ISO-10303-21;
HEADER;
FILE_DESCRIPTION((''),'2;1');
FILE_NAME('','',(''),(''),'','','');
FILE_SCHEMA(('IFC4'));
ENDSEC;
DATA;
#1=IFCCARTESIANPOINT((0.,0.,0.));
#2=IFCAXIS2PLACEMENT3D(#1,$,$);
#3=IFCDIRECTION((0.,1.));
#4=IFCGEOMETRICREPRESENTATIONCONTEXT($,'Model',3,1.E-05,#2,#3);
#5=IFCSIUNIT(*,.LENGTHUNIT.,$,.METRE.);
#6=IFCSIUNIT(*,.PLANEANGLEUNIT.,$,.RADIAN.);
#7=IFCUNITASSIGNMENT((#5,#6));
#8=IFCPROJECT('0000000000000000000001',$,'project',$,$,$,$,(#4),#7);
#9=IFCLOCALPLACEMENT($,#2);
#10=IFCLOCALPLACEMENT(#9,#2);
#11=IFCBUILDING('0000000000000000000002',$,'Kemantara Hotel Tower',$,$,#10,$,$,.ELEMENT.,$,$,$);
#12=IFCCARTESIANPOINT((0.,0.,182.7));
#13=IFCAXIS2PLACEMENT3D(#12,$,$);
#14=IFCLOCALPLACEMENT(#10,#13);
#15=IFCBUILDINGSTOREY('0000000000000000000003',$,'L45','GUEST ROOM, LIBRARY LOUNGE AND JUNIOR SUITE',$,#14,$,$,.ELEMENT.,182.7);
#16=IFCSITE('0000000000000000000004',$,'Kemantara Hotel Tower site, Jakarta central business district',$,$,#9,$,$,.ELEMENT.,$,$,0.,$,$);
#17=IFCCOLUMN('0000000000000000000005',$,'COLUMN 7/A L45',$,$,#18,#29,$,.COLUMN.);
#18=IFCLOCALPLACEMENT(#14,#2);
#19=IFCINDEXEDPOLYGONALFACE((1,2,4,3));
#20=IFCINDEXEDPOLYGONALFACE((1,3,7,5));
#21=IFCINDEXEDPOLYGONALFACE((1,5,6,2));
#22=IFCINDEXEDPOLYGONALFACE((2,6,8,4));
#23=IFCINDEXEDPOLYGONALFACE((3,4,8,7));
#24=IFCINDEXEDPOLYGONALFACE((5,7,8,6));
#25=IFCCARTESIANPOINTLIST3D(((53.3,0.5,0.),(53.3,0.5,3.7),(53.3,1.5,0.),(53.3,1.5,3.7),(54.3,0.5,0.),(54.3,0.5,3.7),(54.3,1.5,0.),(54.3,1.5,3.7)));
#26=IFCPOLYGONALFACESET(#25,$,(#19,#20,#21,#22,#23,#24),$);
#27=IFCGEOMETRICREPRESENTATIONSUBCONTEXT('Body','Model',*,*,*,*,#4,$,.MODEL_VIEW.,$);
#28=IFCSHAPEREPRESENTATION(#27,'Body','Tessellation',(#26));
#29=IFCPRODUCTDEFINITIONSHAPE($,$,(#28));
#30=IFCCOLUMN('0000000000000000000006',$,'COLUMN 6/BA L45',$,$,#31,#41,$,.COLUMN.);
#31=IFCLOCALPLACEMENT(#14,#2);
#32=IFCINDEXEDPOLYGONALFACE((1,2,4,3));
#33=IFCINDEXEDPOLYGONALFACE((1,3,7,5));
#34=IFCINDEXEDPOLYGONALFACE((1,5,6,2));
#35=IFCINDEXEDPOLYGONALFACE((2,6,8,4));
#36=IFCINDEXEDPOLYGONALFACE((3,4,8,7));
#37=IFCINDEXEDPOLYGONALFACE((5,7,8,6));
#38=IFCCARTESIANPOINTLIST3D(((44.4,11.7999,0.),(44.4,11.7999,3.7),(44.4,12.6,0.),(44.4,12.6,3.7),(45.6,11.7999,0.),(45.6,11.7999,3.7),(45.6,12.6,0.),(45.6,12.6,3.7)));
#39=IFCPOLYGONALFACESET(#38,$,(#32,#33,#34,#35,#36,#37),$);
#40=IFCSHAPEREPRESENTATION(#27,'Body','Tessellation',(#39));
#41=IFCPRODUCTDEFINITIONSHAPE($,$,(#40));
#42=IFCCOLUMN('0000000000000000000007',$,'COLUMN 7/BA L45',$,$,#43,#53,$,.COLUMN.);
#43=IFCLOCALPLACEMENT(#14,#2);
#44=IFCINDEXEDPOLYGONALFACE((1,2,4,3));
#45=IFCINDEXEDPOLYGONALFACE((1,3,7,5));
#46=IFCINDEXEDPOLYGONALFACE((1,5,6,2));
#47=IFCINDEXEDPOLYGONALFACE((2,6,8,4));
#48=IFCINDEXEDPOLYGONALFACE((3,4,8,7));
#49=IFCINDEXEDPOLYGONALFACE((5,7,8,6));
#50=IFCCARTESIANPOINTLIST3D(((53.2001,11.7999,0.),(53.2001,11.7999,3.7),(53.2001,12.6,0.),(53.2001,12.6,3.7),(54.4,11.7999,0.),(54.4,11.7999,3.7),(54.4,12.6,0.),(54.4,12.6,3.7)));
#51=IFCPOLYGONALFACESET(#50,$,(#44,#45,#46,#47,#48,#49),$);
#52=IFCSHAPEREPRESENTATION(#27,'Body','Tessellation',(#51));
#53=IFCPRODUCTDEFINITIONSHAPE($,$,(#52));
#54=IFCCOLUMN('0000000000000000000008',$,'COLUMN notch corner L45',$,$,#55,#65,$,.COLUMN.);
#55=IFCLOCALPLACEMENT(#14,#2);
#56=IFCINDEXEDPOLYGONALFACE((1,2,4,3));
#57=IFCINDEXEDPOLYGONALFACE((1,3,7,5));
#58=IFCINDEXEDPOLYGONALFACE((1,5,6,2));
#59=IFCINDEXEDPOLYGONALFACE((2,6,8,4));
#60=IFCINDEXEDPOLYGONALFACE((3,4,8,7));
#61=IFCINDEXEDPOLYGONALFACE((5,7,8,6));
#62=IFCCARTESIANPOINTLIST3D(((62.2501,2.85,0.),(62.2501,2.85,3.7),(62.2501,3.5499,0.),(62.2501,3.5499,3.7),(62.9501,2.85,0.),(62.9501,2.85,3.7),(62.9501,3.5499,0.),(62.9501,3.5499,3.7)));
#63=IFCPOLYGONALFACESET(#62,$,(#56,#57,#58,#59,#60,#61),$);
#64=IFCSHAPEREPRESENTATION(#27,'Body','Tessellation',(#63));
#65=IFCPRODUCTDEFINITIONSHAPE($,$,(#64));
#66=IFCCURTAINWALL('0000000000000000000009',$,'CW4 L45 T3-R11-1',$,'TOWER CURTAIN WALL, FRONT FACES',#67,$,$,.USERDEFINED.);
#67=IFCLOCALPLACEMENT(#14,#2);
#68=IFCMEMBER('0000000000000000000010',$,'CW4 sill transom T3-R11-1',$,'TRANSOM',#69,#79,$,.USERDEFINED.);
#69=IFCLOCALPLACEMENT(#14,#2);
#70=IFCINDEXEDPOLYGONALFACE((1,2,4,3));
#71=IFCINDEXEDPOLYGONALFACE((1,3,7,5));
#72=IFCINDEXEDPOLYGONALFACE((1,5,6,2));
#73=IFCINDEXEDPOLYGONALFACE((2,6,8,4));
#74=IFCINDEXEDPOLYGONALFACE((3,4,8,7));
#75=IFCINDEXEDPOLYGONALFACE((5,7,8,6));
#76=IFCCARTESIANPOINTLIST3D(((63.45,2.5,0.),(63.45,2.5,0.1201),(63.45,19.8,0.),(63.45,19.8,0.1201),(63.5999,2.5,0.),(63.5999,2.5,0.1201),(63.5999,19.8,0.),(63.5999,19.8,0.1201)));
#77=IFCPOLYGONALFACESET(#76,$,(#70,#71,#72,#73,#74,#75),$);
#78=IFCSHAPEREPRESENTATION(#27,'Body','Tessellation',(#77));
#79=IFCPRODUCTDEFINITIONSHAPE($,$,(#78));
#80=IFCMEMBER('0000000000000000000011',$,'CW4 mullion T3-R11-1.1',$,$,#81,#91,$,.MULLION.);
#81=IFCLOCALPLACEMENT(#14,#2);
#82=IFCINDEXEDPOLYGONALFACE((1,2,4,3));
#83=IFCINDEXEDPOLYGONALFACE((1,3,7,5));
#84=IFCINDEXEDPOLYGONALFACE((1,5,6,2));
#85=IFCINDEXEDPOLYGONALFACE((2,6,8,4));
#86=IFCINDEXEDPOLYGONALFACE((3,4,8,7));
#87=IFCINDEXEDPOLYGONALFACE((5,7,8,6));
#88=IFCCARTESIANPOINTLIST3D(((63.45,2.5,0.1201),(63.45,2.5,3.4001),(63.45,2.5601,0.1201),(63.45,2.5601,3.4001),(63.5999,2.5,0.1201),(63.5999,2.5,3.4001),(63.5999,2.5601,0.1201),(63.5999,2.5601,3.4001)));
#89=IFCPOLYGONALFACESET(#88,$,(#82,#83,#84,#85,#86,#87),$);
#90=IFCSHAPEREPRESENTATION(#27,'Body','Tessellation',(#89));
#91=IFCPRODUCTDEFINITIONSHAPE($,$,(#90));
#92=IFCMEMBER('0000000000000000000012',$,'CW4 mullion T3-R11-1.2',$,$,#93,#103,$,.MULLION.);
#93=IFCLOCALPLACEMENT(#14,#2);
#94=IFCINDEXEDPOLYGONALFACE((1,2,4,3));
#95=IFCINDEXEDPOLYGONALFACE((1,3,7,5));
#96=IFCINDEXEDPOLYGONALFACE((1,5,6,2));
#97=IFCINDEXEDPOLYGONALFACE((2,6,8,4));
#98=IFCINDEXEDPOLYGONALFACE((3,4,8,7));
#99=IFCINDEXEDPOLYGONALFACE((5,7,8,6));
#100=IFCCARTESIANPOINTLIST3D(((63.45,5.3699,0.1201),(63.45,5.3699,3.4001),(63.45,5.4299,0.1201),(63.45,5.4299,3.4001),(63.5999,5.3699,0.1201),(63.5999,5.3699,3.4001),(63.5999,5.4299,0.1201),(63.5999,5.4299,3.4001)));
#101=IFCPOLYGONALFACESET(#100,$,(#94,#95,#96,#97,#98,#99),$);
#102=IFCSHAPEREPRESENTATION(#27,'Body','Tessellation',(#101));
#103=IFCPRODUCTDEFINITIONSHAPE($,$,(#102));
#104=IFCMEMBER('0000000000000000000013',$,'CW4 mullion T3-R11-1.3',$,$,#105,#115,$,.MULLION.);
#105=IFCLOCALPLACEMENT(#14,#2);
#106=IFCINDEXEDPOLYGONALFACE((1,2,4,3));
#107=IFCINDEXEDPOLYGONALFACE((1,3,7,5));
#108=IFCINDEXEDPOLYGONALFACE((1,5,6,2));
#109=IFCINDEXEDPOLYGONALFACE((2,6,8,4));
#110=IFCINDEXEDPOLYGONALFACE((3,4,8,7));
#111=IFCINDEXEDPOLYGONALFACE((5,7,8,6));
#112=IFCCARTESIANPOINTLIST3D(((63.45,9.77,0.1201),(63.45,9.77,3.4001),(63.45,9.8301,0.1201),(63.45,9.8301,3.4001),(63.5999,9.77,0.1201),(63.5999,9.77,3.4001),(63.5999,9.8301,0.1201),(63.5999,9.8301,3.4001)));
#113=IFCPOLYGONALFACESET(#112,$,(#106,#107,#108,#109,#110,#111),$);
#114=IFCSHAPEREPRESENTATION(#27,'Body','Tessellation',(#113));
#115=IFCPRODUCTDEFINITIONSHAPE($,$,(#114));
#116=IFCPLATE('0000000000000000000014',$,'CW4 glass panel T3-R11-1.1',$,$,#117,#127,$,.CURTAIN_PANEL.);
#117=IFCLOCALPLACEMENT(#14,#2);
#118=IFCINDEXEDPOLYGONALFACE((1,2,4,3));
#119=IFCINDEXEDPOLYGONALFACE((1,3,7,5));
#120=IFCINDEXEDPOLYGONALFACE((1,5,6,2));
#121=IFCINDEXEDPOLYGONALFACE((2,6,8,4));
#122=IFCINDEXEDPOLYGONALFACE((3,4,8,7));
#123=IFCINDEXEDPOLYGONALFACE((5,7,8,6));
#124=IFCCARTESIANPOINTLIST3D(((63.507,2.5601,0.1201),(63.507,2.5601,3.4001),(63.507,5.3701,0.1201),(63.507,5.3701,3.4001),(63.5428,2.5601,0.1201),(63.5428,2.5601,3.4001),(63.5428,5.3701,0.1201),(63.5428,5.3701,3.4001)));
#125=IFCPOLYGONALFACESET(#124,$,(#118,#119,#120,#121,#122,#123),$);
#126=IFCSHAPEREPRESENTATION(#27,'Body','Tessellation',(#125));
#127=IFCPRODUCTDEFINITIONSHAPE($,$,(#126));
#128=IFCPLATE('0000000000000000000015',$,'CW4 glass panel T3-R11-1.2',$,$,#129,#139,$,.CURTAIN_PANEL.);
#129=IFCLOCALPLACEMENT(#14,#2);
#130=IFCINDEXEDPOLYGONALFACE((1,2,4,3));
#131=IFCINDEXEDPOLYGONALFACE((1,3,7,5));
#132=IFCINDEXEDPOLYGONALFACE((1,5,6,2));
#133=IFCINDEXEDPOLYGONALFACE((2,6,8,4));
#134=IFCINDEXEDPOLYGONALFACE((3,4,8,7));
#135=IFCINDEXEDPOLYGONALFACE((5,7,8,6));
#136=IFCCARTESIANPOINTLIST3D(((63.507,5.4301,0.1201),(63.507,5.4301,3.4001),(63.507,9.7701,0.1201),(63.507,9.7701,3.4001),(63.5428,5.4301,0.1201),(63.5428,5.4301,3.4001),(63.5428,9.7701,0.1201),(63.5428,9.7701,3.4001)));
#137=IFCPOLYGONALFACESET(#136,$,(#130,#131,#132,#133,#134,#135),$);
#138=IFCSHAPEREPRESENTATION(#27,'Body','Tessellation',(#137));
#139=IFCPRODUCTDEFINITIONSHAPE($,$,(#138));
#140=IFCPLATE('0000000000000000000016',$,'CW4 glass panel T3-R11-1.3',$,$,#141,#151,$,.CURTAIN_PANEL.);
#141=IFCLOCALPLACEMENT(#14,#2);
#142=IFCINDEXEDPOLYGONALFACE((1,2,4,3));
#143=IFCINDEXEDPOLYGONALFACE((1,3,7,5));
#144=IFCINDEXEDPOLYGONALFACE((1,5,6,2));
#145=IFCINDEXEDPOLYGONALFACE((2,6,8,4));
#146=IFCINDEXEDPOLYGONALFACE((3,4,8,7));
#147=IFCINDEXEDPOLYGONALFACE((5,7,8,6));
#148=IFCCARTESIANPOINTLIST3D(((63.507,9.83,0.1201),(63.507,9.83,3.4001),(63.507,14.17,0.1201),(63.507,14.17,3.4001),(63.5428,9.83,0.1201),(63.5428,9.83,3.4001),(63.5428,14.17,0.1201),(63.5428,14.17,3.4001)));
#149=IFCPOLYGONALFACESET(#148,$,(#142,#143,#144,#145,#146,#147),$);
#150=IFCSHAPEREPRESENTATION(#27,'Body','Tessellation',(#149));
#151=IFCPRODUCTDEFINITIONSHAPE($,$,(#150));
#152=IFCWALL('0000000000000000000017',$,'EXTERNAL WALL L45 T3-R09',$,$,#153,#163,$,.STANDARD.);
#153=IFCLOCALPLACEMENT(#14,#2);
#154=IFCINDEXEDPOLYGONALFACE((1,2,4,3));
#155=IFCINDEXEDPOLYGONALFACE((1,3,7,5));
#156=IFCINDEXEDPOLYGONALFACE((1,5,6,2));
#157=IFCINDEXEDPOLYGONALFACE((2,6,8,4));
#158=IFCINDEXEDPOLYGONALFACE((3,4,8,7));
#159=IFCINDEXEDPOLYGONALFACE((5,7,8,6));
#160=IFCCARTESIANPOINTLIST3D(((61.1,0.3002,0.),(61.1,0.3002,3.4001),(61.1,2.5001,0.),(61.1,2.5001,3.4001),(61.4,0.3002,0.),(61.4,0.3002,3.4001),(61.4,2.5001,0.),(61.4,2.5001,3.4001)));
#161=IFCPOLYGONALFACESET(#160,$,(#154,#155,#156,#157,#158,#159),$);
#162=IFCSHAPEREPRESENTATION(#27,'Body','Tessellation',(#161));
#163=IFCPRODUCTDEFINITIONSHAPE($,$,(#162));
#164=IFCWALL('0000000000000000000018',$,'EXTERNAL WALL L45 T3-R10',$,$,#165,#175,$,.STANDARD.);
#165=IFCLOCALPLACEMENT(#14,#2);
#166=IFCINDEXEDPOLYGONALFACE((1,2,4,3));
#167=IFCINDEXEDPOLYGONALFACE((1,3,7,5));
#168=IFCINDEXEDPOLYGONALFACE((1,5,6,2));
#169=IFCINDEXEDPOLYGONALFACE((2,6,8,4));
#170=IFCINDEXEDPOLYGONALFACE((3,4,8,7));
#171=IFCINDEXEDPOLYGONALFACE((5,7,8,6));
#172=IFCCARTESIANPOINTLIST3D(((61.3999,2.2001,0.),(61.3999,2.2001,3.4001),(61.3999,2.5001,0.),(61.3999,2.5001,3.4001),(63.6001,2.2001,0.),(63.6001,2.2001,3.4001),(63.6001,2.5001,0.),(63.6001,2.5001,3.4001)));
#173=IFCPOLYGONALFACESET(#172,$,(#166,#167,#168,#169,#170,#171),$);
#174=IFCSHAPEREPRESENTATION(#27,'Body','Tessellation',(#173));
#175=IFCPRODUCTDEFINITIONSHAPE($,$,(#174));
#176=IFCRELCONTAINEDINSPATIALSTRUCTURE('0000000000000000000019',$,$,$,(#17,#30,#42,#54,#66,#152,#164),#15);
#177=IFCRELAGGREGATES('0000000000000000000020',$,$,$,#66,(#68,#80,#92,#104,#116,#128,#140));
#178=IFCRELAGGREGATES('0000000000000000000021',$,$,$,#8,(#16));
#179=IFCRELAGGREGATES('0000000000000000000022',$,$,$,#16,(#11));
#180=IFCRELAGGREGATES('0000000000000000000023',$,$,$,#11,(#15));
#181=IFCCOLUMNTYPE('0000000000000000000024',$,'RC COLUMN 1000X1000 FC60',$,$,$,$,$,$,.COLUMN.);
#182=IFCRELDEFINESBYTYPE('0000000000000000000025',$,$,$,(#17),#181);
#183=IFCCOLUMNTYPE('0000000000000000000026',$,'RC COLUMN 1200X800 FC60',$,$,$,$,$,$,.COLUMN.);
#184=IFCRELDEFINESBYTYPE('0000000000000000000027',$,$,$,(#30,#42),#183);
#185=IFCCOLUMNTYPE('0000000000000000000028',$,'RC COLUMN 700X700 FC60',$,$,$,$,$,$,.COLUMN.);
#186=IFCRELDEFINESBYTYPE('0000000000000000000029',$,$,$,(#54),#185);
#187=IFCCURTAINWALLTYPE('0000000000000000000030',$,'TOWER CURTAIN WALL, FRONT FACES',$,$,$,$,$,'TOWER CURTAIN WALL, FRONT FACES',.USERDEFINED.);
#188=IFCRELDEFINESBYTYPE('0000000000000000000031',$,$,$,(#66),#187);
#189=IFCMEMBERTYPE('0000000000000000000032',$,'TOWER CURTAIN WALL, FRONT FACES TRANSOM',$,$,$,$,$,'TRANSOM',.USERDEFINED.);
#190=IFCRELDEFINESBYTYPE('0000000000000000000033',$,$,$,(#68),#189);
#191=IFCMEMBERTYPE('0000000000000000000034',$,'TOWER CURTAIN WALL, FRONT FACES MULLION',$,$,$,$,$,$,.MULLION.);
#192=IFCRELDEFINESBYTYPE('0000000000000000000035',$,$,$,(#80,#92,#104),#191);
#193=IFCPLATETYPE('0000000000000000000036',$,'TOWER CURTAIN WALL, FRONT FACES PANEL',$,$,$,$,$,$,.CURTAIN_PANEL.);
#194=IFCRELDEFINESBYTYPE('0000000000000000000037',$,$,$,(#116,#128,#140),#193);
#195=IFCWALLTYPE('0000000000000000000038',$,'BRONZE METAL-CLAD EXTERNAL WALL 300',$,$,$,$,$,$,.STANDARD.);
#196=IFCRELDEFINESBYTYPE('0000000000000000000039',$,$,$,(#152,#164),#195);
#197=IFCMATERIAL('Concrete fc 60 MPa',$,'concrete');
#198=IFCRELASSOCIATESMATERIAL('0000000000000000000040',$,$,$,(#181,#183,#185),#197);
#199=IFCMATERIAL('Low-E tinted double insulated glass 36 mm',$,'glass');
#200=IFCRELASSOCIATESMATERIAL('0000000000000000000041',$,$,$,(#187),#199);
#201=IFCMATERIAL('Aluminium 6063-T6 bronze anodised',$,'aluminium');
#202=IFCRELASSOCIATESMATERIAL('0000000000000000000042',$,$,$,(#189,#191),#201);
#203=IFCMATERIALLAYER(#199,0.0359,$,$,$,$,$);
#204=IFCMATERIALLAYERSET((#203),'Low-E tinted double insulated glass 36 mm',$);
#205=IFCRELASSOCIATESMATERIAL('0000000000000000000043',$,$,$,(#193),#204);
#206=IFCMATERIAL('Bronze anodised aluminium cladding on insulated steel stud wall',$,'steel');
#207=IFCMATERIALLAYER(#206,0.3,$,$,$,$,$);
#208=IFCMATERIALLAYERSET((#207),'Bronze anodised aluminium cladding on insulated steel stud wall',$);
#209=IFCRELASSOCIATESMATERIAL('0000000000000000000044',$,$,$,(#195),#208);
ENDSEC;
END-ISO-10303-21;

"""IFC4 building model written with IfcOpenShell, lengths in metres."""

from ifc_helpers import new_model, si_unit, direction, frame, frame_2d, origin, origin_2d, place, context, subcontext, project, spatial, rectangle, extrude, source, transform, mapped, material, layer, layer_set, material_profile, profile_set, type_object, element, aggregate, save


model = new_model("IFC4")

# Units and contexts
model_context = context("Model", 3, precision=1e-05, world=origin(), true_north=direction((0.0, 1.0)))
body_context = subcontext(model_context, "Body", "Model", "MODEL_VIEW")
ifc_project = project(units=[si_unit("LENGTHUNIT", "METRE"), si_unit("PLANEANGLEUNIT", "RADIAN")], contexts=[model_context])

# Site, building, storey
site_placement = place(None, origin())
site = spatial("IfcSite", under=ifc_project, at=site_placement, Name="Kemantara Hotel Tower site, Jakarta central business district", CompositionType="ELEMENT", RefElevation=0.0)
building_placement = place(site_placement, origin())
building = spatial("IfcBuilding", under=site, at=building_placement, Name="Kemantara Hotel Tower", CompositionType="ELEMENT")
storey_placement = place(building_placement, frame((0.0, 0.0, 182.7)))
storey = spatial("IfcBuildingStorey", under=building, at=storey_placement, Name="L45", Description="GUEST ROOM, LIBRARY LOUNGE AND JUNIOR SUITE", CompositionType="ELEMENT", Elevation=182.7)

# Columns
ifc_material_1 = material(Name="Concrete fc 60 MPa", Category="concrete")
ifc_material_profile_1 = material_profile(ifc_material_1, rectangle(XDim=1.0, YDim=1.0, at=origin_2d()), Name="RC 1000X1000")
ifc_profile_set_1 = profile_set([ifc_material_profile_1], Name="Concrete fc 60 MPa")
column_type_1 = type_object("IfcColumnType", Name="RC COLUMN 1000X1000 FC60", PredefinedType="COLUMN", material=ifc_profile_set_1)
column_1_placement = place(storey_placement, frame((53.8, 1.0, 0.0), z_axis=(0.0, 0.0, 1.0), x_axis=(1.0, 0.0, 0.0)))
element("IfcColumn", 1, at=column_1_placement, inside=storey, type_object=column_type_1, Name="COLUMN 7/A L45", PredefinedType="COLUMN", context=body_context, shape_type="SweptSolid", body=[
    extrude(rectangle(XDim=1.0, YDim=1.0, at=origin_2d()), origin(), (0.0, 0.0, 1.0), 3.7),
])
ifc_material_profile_2 = material_profile(ifc_material_1, rectangle(XDim=1.2, YDim=0.8, at=origin_2d()), Name="RC 1200X800")
ifc_profile_set_2 = profile_set([ifc_material_profile_2], Name="Concrete fc 60 MPa")
column_type_2 = type_object("IfcColumnType", Name="RC COLUMN 1200X800 FC60", PredefinedType="COLUMN", material=ifc_profile_set_2)
for number, where, z_axis, x_axis, name in (
    (2, (45.0, 12.2, 0.0), (0.0, 0.0, 1.0), (1.0, 0.0, 0.0), "COLUMN 6/BA L45"),
    (3, (53.8, 12.2, 0.0), (0.0, 0.0, 1.0), (1.0, 0.0, 0.0), "COLUMN 7/BA L45"),
):
    element("IfcColumn", number, at=place(storey_placement, frame(where, z_axis=z_axis, x_axis=x_axis)), inside=storey, type_object=column_type_2, Name=name, PredefinedType="COLUMN", context=body_context, shape_type="SweptSolid", body=[
        extrude(rectangle(XDim=1.2, YDim=0.8, at=origin_2d()), origin(), (0.0, 0.0, 1.0), 3.7),
    ])
ifc_material_profile_3 = material_profile(ifc_material_1, rectangle(XDim=0.7, YDim=0.7, at=origin_2d()), Name="RC 700X700")
ifc_profile_set_3 = profile_set([ifc_material_profile_3], Name="Concrete fc 60 MPa")
column_type_3 = type_object("IfcColumnType", Name="RC COLUMN 700X700 FC60", PredefinedType="COLUMN", material=ifc_profile_set_3)
column_2_placement = place(storey_placement, frame((62.6001, 3.2, 0.0), z_axis=(0.0, 0.0, 1.0), x_axis=(1.0, 0.0, 0.0)))
element("IfcColumn", 4, at=column_2_placement, inside=storey, type_object=column_type_3, Name="COLUMN notch corner L45", PredefinedType="COLUMN", context=body_context, shape_type="SweptSolid", body=[
    extrude(rectangle(XDim=0.7, YDim=0.7, at=origin_2d()), origin(), (0.0, 0.0, 1.0), 3.7),
])

# Curtain wall, members, plates
ifc_material_2 = material(Name="Low-E tinted double insulated glass 36 mm", Category="glass")
curtain_wall_type = type_object("IfcCurtainWallType", Name="TOWER CURTAIN WALL, FRONT FACES", ElementType="TOWER CURTAIN WALL, FRONT FACES", PredefinedType="USERDEFINED", material=ifc_material_2)
curtain_wall_placement = place(storey_placement, origin())
curtain_wall = element("IfcCurtainWall", 5, at=curtain_wall_placement, inside=storey, type_object=curtain_wall_type, Name="CW4 L45 T3-R11-1", ObjectType="TOWER CURTAIN WALL, FRONT FACES", PredefinedType="USERDEFINED")
ifc_material_3 = material(Name="Aluminium 6063-T6 bronze anodised", Category="aluminium")
ifc_material_profile_4 = material_profile(ifc_material_3, rectangle(XDim=0.1499, YDim=0.1201, at=origin_2d()), Name="TOWER CURTAIN WALL, FRONT FACES TRANSOM")
ifc_profile_set_4 = profile_set([ifc_material_profile_4], Name="Aluminium 6063-T6 bronze anodised")
member_type_1 = type_object("IfcMemberType", Name="TOWER CURTAIN WALL, FRONT FACES TRANSOM", ElementType="TRANSOM", PredefinedType="USERDEFINED", material=ifc_profile_set_4)
member_1_placement = place(storey_placement, frame((63.5249, 2.5, 0.0601), z_axis=(0.0, 1.0, 0.0), x_axis=(-1.0, 0.0, 0.0)))
member_1 = element("IfcMember", 6, at=member_1_placement, type_object=member_type_1, Name="CW4 sill transom T3-R11-1", ObjectType="TRANSOM", PredefinedType="USERDEFINED", context=body_context, shape_type="SweptSolid", body=[
    extrude(rectangle(XDim=0.1499, YDim=0.1201, at=origin_2d()), origin(), (0.0, 0.0, 1.0), 17.3),
])
ifc_material_profile_5 = material_profile(ifc_material_3, rectangle(XDim=0.1499, YDim=0.0601, at=origin_2d()), Name="TOWER CURTAIN WALL, FRONT FACES MULLION")
ifc_profile_set_5 = profile_set([ifc_material_profile_5], Name="Aluminium 6063-T6 bronze anodised")
member_type_2 = type_object("IfcMemberType", Name="TOWER CURTAIN WALL, FRONT FACES MULLION", PredefinedType="MULLION", material=ifc_profile_set_5)
shared_shape_1 = source(origin(), body_context, "Body", "SweptSolid", [
    extrude(rectangle(XDim=0.1499, YDim=0.0601, at=origin_2d()), origin(), (0.0, 0.0, 1.0), 3.28),
])
member_2_placement = place(storey_placement, frame((63.5249, 2.53, 0.1201), z_axis=(0.0, 0.0, 1.0), x_axis=(-1.0, 0.0, 0.0)))
member_2 = element("IfcMember", 7, at=member_2_placement, type_object=member_type_2, Name="CW4 mullion T3-R11-1.1", PredefinedType="MULLION", context=body_context, shape_type="MappedRepresentation", body=[
    mapped(shared_shape_1, transform((0.0, 0.0, 0.0))),
])
member_3_placement = place(storey_placement, frame((63.5249, 5.3999, 0.1201), z_axis=(0.0, 0.0, 1.0), x_axis=(-1.0, 0.0, 0.0)))
member_3 = element("IfcMember", 8, at=member_3_placement, type_object=member_type_2, Name="CW4 mullion T3-R11-1.2", PredefinedType="MULLION", context=body_context, shape_type="MappedRepresentation", body=[
    mapped(shared_shape_1, transform((0.0, 0.0, 0.0))),
])
member_4_placement = place(storey_placement, frame((63.5249, 9.8, 0.1201), z_axis=(0.0, 0.0, 1.0), x_axis=(-1.0, 0.0, 0.0)))
member_4 = element("IfcMember", 9, at=member_4_placement, type_object=member_type_2, Name="CW4 mullion T3-R11-1.3", PredefinedType="MULLION", context=body_context, shape_type="MappedRepresentation", body=[
    mapped(shared_shape_1, transform((0.0, 0.0, 0.0))),
])
ifc_layer_1 = layer(ifc_material_2, 0.0359)
ifc_layer_set_1 = layer_set([ifc_layer_1], Name="Low-E tinted double insulated glass 36 mm")
plate_type = type_object("IfcPlateType", Name="TOWER CURTAIN WALL, FRONT FACES PANEL", PredefinedType="CURTAIN_PANEL", material=ifc_layer_set_1)
shared_shape_2 = source(origin(), body_context, "Body", "SweptSolid", [
    extrude(rectangle(XDim=2.8101, YDim=0.0359, at=origin_2d()), origin(), (0.0, 0.0, 1.0), 3.28),
])
plate_1_placement = place(storey_placement, frame((63.5249, 3.9651, 0.1201), z_axis=(0.0, 0.0, 1.0), x_axis=(0.0, 1.0, 0.0)))
plate_1 = element("IfcPlate", 10, at=plate_1_placement, type_object=plate_type, Name="CW4 glass panel T3-R11-1.1", PredefinedType="CURTAIN_PANEL", context=body_context, shape_type="MappedRepresentation", body=[
    mapped(shared_shape_2, transform((0.0, 0.0, 0.0))),
])
shared_shape_3 = source(origin(), body_context, "Body", "SweptSolid", [
    extrude(rectangle(XDim=4.3401, YDim=0.0359, at=origin_2d()), origin(), (0.0, 0.0, 1.0), 3.28),
])
plate_2_placement = place(storey_placement, frame((63.5249, 7.6001, 0.1201), z_axis=(0.0, 0.0, 1.0), x_axis=(0.0, 1.0, 0.0)))
plate_2 = element("IfcPlate", 11, at=plate_2_placement, type_object=plate_type, Name="CW4 glass panel T3-R11-1.2", PredefinedType="CURTAIN_PANEL", context=body_context, shape_type="MappedRepresentation", body=[
    mapped(shared_shape_3, transform((0.0, 0.0, 0.0))),
])
plate_3_placement = place(storey_placement, frame((63.5249, 12.0, 0.1201), z_axis=(0.0, 0.0, 1.0), x_axis=(0.0, 1.0, 0.0)))
plate_3 = element("IfcPlate", 12, at=plate_3_placement, type_object=plate_type, Name="CW4 glass panel T3-R11-1.3", PredefinedType="CURTAIN_PANEL", context=body_context, shape_type="MappedRepresentation", body=[
    mapped(shared_shape_3, transform((0.0, 0.0, 0.0))),
])
aggregate(curtain_wall, [member_1, member_2, member_3, member_4, plate_1, plate_2, plate_3])

# Walls
ifc_material_4 = material(Name="Bronze anodised aluminium cladding on insulated steel stud wall", Category="steel")
ifc_layer_2 = layer(ifc_material_4, 0.3)
ifc_layer_set_2 = layer_set([ifc_layer_2], Name="Bronze anodised aluminium cladding on insulated steel stud wall")
wall_type_1 = type_object("IfcWallType", Name="BRONZE METAL-CLAD EXTERNAL WALL 300", PredefinedType="STANDARD", material=ifc_layer_set_2)
wall_1_placement = place(storey_placement, frame((61.25, 0.3, 0.0), z_axis=(0.0, 0.0, 1.0), x_axis=(0.0, 1.0, 0.0)))
element("IfcWall", 13, at=wall_1_placement, inside=storey, type_object=wall_type_1, Name="EXTERNAL WALL L45 T3-R09", PredefinedType="STANDARD", context=body_context, shape_type="SweptSolid", body=[
    extrude(rectangle(XDim=2.2, YDim=0.3, at=frame_2d((1.1001, 0.0))), origin(), (0.0, 0.0, 1.0), 3.4001),
])
wall_2_placement = place(storey_placement, frame((61.3999, 2.3501, 0.0), z_axis=(0.0, 0.0, 1.0), x_axis=(1.0, 0.0, 0.0)))
element("IfcWall", 14, at=wall_2_placement, inside=storey, type_object=wall_type_1, Name="EXTERNAL WALL L45 T3-R10", PredefinedType="STANDARD", context=body_context, shape_type="SweptSolid", body=[
    extrude(rectangle(XDim=2.2002, YDim=0.3, at=frame_2d((1.1001, 0.0))), origin(), (0.0, 0.0, 1.0), 3.4001),
])

save(model, "model.ifc")
